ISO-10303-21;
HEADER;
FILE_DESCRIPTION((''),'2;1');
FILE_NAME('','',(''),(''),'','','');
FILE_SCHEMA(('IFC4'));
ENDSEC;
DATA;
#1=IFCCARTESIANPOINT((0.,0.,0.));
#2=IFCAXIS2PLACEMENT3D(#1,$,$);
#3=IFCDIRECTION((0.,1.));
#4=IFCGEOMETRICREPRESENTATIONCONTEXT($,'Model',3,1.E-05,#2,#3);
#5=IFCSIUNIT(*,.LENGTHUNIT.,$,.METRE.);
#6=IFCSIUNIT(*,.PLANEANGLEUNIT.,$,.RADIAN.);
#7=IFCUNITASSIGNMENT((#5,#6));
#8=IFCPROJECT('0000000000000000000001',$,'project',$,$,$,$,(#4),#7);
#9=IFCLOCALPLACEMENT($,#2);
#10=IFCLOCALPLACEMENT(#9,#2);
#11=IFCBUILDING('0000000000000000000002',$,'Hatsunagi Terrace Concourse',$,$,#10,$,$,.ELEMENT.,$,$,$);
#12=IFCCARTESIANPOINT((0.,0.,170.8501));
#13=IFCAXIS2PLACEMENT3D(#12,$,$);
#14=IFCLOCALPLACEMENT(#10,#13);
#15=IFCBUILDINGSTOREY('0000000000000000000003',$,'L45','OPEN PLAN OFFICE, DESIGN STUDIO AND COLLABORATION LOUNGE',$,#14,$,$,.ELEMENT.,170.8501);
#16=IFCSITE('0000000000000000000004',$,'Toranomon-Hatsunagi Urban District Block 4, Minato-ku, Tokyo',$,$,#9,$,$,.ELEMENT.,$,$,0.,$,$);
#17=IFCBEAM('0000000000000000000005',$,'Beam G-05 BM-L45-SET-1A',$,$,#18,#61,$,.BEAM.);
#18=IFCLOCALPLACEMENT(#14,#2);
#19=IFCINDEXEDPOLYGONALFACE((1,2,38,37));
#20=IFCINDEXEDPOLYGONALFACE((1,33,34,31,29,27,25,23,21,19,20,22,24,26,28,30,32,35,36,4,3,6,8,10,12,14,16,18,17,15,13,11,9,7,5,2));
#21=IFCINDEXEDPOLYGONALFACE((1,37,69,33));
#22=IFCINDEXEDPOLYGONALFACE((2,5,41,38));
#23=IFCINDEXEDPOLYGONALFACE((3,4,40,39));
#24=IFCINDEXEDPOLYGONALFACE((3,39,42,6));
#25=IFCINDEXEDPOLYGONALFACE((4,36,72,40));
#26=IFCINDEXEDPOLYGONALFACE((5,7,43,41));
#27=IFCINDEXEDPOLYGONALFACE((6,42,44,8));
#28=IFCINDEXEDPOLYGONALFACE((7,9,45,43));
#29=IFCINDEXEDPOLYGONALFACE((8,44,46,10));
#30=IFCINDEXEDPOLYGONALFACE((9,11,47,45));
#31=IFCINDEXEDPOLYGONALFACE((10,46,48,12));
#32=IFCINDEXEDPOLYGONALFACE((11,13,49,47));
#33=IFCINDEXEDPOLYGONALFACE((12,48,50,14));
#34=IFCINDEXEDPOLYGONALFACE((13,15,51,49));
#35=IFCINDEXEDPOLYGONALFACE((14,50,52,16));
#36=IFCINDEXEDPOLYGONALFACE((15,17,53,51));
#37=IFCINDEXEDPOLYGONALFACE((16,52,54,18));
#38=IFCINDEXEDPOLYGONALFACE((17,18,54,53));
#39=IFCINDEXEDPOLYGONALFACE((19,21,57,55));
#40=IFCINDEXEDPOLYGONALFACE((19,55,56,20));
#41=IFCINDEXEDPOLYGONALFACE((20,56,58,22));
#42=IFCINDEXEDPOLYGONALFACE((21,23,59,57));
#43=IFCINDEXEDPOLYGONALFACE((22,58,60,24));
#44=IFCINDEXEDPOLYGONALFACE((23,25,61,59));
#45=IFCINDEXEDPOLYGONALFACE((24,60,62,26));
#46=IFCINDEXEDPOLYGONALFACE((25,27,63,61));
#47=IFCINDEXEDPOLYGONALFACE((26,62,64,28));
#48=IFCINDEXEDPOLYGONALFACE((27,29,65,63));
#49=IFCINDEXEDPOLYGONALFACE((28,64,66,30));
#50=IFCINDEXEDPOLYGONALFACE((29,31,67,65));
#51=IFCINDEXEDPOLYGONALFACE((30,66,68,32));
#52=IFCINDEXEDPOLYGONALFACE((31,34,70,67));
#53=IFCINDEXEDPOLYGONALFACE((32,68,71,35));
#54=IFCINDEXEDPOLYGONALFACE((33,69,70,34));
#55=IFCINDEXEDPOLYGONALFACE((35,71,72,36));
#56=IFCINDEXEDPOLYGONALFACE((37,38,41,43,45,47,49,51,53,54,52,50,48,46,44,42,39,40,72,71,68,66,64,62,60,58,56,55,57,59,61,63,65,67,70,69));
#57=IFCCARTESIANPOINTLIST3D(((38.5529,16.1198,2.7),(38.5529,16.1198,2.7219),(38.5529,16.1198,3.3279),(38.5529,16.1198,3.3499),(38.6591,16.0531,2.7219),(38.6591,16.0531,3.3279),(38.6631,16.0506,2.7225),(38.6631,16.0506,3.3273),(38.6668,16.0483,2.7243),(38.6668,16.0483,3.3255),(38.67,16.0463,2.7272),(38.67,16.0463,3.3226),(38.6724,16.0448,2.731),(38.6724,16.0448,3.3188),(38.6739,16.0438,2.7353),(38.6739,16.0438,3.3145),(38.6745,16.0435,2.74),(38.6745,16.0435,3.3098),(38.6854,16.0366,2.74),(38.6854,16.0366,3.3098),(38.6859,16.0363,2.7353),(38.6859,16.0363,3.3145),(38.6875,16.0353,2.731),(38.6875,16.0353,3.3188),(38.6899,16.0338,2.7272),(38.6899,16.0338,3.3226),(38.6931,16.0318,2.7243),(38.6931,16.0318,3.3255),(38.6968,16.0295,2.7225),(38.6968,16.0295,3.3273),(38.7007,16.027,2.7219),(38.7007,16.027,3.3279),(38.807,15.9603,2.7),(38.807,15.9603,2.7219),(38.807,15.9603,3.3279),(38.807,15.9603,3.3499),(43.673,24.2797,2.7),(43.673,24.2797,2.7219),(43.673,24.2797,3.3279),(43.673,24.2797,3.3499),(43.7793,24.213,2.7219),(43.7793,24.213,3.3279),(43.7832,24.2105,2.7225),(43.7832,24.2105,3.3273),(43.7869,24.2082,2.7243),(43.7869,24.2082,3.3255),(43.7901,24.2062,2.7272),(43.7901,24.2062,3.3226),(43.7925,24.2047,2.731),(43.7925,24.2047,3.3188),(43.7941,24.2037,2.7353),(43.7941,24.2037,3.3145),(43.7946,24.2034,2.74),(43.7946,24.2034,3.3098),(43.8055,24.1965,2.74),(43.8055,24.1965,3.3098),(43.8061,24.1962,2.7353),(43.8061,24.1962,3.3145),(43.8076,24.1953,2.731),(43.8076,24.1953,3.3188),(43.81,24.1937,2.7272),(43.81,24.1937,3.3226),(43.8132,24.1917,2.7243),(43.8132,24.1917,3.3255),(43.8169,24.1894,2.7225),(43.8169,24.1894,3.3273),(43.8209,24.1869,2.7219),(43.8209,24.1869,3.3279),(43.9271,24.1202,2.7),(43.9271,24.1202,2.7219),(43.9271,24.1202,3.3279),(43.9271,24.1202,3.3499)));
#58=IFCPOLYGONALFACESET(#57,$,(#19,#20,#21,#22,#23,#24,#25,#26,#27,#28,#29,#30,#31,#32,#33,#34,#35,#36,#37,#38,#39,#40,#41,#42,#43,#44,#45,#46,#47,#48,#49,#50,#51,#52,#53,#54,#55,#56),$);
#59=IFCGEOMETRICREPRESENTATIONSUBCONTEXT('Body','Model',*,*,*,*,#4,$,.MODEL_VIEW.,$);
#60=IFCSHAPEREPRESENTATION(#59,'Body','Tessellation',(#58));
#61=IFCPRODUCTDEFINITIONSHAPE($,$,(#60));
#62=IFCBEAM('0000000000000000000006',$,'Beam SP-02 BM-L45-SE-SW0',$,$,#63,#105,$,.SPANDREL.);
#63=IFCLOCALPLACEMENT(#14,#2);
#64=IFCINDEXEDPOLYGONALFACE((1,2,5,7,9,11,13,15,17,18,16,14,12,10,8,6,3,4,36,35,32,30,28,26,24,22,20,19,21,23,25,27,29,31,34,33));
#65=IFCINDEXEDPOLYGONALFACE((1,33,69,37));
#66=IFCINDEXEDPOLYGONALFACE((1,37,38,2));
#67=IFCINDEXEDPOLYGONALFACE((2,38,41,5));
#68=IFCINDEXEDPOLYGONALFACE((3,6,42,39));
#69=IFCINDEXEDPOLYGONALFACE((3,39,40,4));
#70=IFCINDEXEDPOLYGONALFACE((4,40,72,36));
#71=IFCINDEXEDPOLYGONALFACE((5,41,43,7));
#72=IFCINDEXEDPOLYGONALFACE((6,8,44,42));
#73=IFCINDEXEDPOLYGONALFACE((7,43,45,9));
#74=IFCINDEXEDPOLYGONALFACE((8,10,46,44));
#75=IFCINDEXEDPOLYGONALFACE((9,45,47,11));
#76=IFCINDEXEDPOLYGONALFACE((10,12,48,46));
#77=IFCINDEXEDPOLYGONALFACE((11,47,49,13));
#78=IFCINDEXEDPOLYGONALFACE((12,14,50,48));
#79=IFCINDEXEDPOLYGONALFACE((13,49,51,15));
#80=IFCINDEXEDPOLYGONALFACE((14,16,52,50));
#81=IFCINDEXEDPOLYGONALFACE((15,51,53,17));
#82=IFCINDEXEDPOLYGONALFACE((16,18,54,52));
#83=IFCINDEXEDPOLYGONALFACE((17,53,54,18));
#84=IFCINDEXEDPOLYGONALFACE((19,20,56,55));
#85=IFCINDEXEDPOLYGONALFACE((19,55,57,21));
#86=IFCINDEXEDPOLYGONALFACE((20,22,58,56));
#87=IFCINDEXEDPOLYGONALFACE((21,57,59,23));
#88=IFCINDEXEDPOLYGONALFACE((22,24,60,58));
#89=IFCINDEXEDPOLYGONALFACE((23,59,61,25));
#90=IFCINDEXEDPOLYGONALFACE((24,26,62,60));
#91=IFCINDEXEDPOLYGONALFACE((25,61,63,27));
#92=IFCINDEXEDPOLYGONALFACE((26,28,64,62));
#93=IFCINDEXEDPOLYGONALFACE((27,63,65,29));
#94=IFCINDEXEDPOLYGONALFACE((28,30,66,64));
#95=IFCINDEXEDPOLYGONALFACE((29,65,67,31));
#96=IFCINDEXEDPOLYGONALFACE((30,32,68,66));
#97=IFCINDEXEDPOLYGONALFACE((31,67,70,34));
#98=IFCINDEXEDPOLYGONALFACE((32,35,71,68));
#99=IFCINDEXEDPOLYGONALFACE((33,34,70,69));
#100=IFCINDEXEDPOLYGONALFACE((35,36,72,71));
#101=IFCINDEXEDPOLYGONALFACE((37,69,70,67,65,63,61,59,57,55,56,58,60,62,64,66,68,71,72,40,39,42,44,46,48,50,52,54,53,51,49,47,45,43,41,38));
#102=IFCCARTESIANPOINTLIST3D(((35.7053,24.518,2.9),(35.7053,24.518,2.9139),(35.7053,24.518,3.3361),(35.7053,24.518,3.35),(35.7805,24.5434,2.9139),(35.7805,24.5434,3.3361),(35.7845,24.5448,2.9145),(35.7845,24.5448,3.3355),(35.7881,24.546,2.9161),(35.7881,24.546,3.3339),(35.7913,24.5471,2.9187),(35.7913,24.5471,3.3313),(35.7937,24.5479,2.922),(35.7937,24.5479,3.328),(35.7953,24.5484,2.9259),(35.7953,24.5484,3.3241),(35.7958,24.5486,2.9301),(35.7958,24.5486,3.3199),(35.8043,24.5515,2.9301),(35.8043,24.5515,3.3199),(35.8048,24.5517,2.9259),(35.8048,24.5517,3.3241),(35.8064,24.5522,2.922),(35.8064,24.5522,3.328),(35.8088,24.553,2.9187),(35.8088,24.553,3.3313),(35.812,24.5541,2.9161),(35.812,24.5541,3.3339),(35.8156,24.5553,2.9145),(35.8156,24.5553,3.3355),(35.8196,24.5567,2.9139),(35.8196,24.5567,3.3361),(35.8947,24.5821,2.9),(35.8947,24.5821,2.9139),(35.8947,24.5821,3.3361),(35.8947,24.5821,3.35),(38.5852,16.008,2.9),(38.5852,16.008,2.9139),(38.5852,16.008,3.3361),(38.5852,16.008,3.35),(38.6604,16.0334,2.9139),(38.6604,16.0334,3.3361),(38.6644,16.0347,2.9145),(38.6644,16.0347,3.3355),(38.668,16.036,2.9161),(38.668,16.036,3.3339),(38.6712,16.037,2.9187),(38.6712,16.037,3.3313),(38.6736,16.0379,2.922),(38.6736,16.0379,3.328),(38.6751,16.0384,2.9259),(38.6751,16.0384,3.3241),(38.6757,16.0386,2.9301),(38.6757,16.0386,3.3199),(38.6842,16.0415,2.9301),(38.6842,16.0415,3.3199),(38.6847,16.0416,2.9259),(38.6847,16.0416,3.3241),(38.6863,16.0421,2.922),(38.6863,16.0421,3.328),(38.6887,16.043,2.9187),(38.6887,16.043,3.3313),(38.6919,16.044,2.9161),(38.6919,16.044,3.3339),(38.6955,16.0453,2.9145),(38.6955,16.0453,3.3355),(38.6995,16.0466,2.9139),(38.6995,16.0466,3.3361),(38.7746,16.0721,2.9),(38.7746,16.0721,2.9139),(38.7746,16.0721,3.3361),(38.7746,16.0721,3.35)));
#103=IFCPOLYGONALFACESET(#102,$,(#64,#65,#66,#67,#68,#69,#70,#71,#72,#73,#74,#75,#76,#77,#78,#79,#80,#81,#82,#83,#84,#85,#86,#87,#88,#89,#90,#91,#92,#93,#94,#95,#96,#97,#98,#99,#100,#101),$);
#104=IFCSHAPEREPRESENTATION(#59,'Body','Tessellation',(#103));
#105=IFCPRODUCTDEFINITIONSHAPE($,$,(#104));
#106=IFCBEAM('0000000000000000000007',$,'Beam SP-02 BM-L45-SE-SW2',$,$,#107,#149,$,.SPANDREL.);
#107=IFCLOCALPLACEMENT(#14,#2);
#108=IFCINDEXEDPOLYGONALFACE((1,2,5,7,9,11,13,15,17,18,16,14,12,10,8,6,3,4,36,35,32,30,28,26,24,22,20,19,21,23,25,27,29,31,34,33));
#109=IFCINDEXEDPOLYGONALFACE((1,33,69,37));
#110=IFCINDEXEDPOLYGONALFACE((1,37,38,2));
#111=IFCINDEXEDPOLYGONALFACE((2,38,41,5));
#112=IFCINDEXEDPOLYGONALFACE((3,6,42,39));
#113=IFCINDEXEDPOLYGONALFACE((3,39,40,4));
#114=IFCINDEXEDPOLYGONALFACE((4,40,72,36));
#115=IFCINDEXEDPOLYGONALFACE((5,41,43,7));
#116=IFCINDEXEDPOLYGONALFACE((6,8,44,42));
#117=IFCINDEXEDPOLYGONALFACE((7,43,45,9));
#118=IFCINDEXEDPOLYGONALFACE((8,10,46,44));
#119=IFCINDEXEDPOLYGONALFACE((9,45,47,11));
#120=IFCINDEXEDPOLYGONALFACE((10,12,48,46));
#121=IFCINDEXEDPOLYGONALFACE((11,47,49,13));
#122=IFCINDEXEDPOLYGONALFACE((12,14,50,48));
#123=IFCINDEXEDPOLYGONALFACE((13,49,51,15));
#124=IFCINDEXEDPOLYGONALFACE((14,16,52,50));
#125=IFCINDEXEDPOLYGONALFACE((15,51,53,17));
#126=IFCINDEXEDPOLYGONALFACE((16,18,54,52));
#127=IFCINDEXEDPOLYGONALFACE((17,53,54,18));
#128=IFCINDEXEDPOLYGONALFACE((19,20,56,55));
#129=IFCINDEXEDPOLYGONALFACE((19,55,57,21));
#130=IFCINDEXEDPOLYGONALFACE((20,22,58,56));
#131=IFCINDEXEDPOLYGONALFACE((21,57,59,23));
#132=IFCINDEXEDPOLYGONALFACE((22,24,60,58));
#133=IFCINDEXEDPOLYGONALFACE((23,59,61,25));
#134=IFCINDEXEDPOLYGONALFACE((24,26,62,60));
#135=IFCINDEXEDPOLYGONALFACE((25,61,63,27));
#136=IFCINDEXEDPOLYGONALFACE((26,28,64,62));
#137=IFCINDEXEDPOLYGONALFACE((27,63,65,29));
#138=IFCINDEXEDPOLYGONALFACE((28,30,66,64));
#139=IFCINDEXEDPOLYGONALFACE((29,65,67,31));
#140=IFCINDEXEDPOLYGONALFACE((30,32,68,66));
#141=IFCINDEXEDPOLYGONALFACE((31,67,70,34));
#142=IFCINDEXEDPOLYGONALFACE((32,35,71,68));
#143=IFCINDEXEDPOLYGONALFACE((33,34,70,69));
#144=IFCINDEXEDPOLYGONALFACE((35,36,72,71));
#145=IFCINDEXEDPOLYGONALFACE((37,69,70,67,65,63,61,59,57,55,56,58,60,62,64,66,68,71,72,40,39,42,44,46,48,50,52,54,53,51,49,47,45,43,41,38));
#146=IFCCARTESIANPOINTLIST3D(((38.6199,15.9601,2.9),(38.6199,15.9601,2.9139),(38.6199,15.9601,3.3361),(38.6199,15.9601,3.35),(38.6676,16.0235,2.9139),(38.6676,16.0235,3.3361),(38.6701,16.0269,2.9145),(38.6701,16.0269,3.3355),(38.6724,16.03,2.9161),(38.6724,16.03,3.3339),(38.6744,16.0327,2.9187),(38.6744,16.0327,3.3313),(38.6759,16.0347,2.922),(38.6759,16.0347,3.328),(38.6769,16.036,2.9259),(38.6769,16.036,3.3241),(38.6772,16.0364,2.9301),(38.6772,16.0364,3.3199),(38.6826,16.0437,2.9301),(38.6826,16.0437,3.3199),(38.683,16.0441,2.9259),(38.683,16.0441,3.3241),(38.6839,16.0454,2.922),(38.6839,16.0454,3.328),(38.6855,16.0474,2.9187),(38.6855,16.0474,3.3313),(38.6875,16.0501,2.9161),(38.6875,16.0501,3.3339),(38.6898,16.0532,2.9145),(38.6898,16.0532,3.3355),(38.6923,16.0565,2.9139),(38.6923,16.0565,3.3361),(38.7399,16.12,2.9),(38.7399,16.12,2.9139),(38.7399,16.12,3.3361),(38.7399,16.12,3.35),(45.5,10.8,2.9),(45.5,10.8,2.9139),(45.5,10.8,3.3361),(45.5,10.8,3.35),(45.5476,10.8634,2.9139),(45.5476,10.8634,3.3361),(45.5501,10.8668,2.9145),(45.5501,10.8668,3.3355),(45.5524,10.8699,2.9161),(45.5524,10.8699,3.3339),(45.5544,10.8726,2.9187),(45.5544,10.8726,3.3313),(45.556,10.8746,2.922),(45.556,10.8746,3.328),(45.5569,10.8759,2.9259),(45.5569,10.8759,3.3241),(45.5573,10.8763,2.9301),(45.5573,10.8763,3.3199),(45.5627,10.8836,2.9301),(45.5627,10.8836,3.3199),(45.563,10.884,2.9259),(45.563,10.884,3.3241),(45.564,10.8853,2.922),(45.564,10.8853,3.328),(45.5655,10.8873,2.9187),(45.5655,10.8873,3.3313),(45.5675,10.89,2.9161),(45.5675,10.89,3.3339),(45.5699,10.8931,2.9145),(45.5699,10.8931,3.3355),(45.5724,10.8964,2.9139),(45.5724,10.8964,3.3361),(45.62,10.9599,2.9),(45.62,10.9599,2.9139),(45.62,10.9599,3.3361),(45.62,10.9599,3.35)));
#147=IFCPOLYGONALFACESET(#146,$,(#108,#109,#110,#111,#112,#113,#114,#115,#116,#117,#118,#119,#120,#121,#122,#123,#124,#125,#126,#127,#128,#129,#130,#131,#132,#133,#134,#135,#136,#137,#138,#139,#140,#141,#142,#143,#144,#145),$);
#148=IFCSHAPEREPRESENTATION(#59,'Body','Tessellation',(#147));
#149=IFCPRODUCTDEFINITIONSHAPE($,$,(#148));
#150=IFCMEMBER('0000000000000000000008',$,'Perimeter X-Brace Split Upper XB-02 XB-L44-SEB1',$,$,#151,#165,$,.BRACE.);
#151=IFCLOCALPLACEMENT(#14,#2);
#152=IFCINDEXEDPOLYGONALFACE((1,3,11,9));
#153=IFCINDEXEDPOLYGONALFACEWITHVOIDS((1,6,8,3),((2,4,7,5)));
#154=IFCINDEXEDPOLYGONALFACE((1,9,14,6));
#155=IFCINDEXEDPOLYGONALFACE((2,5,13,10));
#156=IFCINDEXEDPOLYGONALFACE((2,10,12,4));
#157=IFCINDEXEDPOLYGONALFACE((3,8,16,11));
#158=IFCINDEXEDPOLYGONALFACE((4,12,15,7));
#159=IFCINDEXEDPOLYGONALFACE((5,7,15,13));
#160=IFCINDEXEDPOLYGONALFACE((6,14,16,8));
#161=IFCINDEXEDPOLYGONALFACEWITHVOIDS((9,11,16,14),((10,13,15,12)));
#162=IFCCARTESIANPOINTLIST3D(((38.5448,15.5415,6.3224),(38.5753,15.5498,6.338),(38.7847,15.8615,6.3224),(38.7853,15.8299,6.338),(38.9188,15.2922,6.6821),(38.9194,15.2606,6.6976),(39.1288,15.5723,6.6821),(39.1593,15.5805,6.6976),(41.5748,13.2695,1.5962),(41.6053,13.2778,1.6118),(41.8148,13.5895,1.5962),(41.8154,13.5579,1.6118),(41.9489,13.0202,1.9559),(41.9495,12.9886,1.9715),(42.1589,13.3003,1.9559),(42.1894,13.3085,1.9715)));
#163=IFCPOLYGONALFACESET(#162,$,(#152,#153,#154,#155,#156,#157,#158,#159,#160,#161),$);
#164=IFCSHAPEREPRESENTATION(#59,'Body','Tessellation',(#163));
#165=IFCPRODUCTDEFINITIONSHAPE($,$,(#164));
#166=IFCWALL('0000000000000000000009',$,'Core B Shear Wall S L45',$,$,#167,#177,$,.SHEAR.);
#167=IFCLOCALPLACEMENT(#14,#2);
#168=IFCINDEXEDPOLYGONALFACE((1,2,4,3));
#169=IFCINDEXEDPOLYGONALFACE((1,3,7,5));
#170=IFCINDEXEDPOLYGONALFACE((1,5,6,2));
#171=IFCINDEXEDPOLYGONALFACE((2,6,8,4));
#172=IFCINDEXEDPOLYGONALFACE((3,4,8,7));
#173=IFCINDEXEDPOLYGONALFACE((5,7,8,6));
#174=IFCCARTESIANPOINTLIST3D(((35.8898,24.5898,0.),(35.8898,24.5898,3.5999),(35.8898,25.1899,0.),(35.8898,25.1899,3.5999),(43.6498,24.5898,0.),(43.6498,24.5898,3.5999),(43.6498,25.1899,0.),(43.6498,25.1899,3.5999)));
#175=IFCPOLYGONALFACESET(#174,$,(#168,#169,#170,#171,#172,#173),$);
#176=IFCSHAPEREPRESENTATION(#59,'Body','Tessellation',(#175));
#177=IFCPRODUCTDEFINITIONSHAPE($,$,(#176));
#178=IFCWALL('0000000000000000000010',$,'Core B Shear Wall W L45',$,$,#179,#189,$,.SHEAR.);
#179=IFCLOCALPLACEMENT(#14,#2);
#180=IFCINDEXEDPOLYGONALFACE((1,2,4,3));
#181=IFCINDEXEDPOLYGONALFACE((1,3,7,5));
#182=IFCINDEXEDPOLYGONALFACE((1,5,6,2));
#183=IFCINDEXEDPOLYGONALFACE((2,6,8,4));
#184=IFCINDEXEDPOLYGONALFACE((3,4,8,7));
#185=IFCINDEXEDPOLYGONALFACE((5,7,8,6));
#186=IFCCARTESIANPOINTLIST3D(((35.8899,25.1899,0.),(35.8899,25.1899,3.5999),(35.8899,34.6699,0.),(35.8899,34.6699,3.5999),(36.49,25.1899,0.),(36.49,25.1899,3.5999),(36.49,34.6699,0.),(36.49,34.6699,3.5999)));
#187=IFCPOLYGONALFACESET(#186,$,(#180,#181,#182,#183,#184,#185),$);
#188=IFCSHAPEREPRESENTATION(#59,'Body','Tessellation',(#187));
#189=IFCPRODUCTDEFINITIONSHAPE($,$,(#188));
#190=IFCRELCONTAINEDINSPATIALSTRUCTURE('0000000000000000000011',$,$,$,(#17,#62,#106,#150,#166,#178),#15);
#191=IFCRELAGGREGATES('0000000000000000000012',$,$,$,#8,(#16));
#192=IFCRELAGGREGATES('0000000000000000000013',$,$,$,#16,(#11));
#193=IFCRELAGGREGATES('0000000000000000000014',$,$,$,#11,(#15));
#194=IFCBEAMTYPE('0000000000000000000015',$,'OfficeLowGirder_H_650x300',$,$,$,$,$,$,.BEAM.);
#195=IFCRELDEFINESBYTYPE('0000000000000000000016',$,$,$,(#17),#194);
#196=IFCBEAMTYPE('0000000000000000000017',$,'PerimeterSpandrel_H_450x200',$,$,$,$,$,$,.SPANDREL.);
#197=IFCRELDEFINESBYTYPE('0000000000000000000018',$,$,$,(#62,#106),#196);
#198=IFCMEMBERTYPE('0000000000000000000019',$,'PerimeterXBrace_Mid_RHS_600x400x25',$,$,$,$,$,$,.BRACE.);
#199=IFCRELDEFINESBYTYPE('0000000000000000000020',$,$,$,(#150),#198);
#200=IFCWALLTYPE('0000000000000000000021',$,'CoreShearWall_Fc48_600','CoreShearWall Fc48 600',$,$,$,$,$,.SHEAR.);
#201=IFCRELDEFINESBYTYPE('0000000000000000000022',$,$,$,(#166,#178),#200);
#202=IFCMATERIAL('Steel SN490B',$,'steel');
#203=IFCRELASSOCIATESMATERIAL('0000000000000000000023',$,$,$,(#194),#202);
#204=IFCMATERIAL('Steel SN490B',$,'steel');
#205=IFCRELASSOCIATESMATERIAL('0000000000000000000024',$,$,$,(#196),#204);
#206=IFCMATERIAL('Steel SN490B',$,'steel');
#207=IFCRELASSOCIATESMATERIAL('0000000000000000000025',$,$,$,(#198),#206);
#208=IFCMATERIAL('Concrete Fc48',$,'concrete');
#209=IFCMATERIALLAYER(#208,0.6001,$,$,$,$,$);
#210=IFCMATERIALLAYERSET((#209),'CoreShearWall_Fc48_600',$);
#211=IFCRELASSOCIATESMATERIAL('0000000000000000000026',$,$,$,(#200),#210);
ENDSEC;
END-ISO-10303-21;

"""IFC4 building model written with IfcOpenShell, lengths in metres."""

from ifc_helpers import new_model, si_unit, direction, frame, frame_2d, origin, origin_2d, place, context, subcontext, project, spatial, rectangle, hollow_rectangle, i_section, extrude, material, layer, layer_set, material_profile, profile_set, type_object, element, save


model = new_model("IFC4")

# Units and contexts
model_context = context("Model", 3, precision=1e-05, world=origin(), true_north=direction((0.0, 1.0)))
body_context = subcontext(model_context, "Body", "Model", "MODEL_VIEW")
ifc_project = project(units=[si_unit("LENGTHUNIT", "METRE"), si_unit("PLANEANGLEUNIT", "RADIAN")], contexts=[model_context])

# Site, building, storey
site_placement = place(None, origin())
site = spatial("IfcSite", under=ifc_project, at=site_placement, Name="Toranomon-Hatsunagi Urban District Block 4, Minato-ku, Tokyo", CompositionType="ELEMENT", RefElevation=0.0)
building_placement = place(site_placement, origin())
building = spatial("IfcBuilding", under=site, at=building_placement, Name="Hatsunagi Terrace Concourse", CompositionType="ELEMENT")
storey_placement = place(building_placement, frame((0.0, 0.0, 170.8501)))
storey = spatial("IfcBuildingStorey", under=building, at=storey_placement, Name="L45", Description="OPEN PLAN OFFICE, DESIGN STUDIO AND COLLABORATION LOUNGE", CompositionType="ELEMENT", Elevation=170.8501)

# Beams
ifc_material_1 = material(Name="Steel SN490B", Category="steel")
ifc_material_profile_1 = material_profile(ifc_material_1, i_section(OverallWidth=0.3, OverallDepth=0.6499, WebThickness=0.0129, FlangeThickness=0.022, FilletRadius=0.0181, at=origin_2d()), Name="H-650x300x13x22")
ifc_profile_set_1 = profile_set([ifc_material_profile_1], Name="Steel SN490B")
beam_type_1 = type_object("IfcBeamType", Name="OfficeLowGirder_H_650x300", PredefinedType="BEAM", material=ifc_profile_set_1)
beam_1_placement = place(storey_placement, frame((38.6799, 16.04, 3.0249), z_axis=(0.531504, 0.847056, 0.0), x_axis=(-0.847056, 0.531504, 0.0)))
element("IfcBeam", 1, at=beam_1_placement, inside=storey, type_object=beam_type_1, Name="Beam G-05 BM-L45-SET-1A", PredefinedType="BEAM", context=body_context, shape_type="SweptSolid", body=[
    extrude(i_section(OverallWidth=0.3, OverallDepth=0.6499, WebThickness=0.0129, FlangeThickness=0.022, FilletRadius=0.0181, at=origin_2d()), origin(), (0.0, 0.0, 1.0), 9.6333),
])
ifc_material_2 = material(Name="Steel SN490B", Category="steel")
ifc_material_profile_2 = material_profile(ifc_material_2, i_section(OverallWidth=0.2, OverallDepth=0.45, WebThickness=0.009, FlangeThickness=0.0139, FilletRadius=0.0161, at=origin_2d()), Name="H-450x200x9x14")
ifc_profile_set_2 = profile_set([ifc_material_profile_2], Name="Steel SN490B")
beam_type_2 = type_object("IfcBeamType", Name="PerimeterSpandrel_H_450x200", PredefinedType="SPANDREL", material=ifc_profile_set_2)
beam_2_placement = place(storey_placement, frame((35.8, 24.55, 3.125), z_axis=(0.320553, -0.94723, 0.0), x_axis=(0.94723, 0.320553, 0.0)))
element("IfcBeam", 2, at=beam_2_placement, inside=storey, type_object=beam_type_2, Name="Beam SP-02 BM-L45-SE-SW0", PredefinedType="SPANDREL", context=body_context, shape_type="SweptSolid", body=[
    extrude(i_section(OverallWidth=0.2, OverallDepth=0.45, WebThickness=0.009, FlangeThickness=0.0139, FilletRadius=0.0161, at=origin_2d()), origin(), (0.0, 0.0, 1.0), 8.9841),
])
beam_3_placement = place(storey_placement, frame((38.6799, 16.04, 3.125), z_axis=(0.799997, -0.600005, 0.0), x_axis=(0.600005, 0.799997, 0.0)))
element("IfcBeam", 3, at=beam_3_placement, inside=storey, type_object=beam_type_2, Name="Beam SP-02 BM-L45-SE-SW2", PredefinedType="SPANDREL", context=body_context, shape_type="SweptSolid", body=[
    extrude(i_section(OverallWidth=0.2, OverallDepth=0.45, WebThickness=0.009, FlangeThickness=0.0139, FilletRadius=0.0161, at=origin_2d()), origin(), (0.0, 0.0, 1.0), 8.6001),
])

# Member
ifc_material_3 = material(Name="Steel SN490B", Category="steel")
ifc_material_profile_3 = material_profile(ifc_material_3, hollow_rectangle(XDim=0.3999, YDim=0.6001, WallThickness=0.0249, at=origin_2d()), Name="RHS-600x400x25")
ifc_profile_set_3 = profile_set([ifc_material_profile_3], Name="Steel SN490B")
member_type = type_object("IfcMemberType", Name="PerimeterXBrace_Mid_RHS_600x400x25", PredefinedType="BRACE", material=ifc_profile_set_3)
member_placement = place(storey_placement, frame((38.8521, 15.561, 6.51), z_axis=(0.500311, -0.375142, -0.780357), x_axis=(0.599907, 0.80007, 0.0)))
element("IfcMember", 4, at=member_placement, inside=storey, type_object=member_type, Name="Perimeter X-Brace Split Upper XB-02 XB-L44-SEB1", PredefinedType="BRACE", context=body_context, shape_type="SweptSolid", body=[
    extrude(hollow_rectangle(XDim=0.3999, YDim=0.6001, WallThickness=0.0249, at=origin_2d()), origin(), (0.0, 0.0, 1.0), 6.0564),
])

# Walls
ifc_material_4 = material(Name="Concrete Fc48", Category="concrete")
ifc_layer_1 = layer(ifc_material_4, 0.6001)
ifc_layer_set_1 = layer_set([ifc_layer_1], Name="CoreShearWall_Fc48_600")
wall_type_1 = type_object("IfcWallType", Name="CoreShearWall_Fc48_600", Description="CoreShearWall Fc48 600", PredefinedType="SHEAR", material=ifc_layer_set_1)
wall_1_placement = place(storey_placement, frame((35.8899, 24.8899, 0.0), z_axis=(0.0, 0.0, 1.0), x_axis=(1.0, 0.0, 0.0)))
element("IfcWall", 5, at=wall_1_placement, inside=storey, type_object=wall_type_1, Name="Core B Shear Wall S L45", PredefinedType="SHEAR", context=body_context, shape_type="SweptSolid", body=[
    extrude(rectangle(XDim=7.76, YDim=0.6001, at=frame_2d((3.8799, 0.0))), origin(), (0.0, 0.0, 1.0), 3.5999),
])
wall_2_placement = place(storey_placement, frame((36.1899, 25.1899, 0.0), z_axis=(0.0, 0.0, 1.0), x_axis=(0.0, 1.0, 0.0)))
element("IfcWall", 6, at=wall_2_placement, inside=storey, type_object=wall_type_1, Name="Core B Shear Wall W L45", PredefinedType="SHEAR", context=body_context, shape_type="SweptSolid", body=[
    extrude(rectangle(XDim=9.48, YDim=0.6001, at=frame_2d((4.74, 0.0))), origin(), (0.0, 0.0, 1.0), 3.5999),
])

save(model, "model.ifc")
